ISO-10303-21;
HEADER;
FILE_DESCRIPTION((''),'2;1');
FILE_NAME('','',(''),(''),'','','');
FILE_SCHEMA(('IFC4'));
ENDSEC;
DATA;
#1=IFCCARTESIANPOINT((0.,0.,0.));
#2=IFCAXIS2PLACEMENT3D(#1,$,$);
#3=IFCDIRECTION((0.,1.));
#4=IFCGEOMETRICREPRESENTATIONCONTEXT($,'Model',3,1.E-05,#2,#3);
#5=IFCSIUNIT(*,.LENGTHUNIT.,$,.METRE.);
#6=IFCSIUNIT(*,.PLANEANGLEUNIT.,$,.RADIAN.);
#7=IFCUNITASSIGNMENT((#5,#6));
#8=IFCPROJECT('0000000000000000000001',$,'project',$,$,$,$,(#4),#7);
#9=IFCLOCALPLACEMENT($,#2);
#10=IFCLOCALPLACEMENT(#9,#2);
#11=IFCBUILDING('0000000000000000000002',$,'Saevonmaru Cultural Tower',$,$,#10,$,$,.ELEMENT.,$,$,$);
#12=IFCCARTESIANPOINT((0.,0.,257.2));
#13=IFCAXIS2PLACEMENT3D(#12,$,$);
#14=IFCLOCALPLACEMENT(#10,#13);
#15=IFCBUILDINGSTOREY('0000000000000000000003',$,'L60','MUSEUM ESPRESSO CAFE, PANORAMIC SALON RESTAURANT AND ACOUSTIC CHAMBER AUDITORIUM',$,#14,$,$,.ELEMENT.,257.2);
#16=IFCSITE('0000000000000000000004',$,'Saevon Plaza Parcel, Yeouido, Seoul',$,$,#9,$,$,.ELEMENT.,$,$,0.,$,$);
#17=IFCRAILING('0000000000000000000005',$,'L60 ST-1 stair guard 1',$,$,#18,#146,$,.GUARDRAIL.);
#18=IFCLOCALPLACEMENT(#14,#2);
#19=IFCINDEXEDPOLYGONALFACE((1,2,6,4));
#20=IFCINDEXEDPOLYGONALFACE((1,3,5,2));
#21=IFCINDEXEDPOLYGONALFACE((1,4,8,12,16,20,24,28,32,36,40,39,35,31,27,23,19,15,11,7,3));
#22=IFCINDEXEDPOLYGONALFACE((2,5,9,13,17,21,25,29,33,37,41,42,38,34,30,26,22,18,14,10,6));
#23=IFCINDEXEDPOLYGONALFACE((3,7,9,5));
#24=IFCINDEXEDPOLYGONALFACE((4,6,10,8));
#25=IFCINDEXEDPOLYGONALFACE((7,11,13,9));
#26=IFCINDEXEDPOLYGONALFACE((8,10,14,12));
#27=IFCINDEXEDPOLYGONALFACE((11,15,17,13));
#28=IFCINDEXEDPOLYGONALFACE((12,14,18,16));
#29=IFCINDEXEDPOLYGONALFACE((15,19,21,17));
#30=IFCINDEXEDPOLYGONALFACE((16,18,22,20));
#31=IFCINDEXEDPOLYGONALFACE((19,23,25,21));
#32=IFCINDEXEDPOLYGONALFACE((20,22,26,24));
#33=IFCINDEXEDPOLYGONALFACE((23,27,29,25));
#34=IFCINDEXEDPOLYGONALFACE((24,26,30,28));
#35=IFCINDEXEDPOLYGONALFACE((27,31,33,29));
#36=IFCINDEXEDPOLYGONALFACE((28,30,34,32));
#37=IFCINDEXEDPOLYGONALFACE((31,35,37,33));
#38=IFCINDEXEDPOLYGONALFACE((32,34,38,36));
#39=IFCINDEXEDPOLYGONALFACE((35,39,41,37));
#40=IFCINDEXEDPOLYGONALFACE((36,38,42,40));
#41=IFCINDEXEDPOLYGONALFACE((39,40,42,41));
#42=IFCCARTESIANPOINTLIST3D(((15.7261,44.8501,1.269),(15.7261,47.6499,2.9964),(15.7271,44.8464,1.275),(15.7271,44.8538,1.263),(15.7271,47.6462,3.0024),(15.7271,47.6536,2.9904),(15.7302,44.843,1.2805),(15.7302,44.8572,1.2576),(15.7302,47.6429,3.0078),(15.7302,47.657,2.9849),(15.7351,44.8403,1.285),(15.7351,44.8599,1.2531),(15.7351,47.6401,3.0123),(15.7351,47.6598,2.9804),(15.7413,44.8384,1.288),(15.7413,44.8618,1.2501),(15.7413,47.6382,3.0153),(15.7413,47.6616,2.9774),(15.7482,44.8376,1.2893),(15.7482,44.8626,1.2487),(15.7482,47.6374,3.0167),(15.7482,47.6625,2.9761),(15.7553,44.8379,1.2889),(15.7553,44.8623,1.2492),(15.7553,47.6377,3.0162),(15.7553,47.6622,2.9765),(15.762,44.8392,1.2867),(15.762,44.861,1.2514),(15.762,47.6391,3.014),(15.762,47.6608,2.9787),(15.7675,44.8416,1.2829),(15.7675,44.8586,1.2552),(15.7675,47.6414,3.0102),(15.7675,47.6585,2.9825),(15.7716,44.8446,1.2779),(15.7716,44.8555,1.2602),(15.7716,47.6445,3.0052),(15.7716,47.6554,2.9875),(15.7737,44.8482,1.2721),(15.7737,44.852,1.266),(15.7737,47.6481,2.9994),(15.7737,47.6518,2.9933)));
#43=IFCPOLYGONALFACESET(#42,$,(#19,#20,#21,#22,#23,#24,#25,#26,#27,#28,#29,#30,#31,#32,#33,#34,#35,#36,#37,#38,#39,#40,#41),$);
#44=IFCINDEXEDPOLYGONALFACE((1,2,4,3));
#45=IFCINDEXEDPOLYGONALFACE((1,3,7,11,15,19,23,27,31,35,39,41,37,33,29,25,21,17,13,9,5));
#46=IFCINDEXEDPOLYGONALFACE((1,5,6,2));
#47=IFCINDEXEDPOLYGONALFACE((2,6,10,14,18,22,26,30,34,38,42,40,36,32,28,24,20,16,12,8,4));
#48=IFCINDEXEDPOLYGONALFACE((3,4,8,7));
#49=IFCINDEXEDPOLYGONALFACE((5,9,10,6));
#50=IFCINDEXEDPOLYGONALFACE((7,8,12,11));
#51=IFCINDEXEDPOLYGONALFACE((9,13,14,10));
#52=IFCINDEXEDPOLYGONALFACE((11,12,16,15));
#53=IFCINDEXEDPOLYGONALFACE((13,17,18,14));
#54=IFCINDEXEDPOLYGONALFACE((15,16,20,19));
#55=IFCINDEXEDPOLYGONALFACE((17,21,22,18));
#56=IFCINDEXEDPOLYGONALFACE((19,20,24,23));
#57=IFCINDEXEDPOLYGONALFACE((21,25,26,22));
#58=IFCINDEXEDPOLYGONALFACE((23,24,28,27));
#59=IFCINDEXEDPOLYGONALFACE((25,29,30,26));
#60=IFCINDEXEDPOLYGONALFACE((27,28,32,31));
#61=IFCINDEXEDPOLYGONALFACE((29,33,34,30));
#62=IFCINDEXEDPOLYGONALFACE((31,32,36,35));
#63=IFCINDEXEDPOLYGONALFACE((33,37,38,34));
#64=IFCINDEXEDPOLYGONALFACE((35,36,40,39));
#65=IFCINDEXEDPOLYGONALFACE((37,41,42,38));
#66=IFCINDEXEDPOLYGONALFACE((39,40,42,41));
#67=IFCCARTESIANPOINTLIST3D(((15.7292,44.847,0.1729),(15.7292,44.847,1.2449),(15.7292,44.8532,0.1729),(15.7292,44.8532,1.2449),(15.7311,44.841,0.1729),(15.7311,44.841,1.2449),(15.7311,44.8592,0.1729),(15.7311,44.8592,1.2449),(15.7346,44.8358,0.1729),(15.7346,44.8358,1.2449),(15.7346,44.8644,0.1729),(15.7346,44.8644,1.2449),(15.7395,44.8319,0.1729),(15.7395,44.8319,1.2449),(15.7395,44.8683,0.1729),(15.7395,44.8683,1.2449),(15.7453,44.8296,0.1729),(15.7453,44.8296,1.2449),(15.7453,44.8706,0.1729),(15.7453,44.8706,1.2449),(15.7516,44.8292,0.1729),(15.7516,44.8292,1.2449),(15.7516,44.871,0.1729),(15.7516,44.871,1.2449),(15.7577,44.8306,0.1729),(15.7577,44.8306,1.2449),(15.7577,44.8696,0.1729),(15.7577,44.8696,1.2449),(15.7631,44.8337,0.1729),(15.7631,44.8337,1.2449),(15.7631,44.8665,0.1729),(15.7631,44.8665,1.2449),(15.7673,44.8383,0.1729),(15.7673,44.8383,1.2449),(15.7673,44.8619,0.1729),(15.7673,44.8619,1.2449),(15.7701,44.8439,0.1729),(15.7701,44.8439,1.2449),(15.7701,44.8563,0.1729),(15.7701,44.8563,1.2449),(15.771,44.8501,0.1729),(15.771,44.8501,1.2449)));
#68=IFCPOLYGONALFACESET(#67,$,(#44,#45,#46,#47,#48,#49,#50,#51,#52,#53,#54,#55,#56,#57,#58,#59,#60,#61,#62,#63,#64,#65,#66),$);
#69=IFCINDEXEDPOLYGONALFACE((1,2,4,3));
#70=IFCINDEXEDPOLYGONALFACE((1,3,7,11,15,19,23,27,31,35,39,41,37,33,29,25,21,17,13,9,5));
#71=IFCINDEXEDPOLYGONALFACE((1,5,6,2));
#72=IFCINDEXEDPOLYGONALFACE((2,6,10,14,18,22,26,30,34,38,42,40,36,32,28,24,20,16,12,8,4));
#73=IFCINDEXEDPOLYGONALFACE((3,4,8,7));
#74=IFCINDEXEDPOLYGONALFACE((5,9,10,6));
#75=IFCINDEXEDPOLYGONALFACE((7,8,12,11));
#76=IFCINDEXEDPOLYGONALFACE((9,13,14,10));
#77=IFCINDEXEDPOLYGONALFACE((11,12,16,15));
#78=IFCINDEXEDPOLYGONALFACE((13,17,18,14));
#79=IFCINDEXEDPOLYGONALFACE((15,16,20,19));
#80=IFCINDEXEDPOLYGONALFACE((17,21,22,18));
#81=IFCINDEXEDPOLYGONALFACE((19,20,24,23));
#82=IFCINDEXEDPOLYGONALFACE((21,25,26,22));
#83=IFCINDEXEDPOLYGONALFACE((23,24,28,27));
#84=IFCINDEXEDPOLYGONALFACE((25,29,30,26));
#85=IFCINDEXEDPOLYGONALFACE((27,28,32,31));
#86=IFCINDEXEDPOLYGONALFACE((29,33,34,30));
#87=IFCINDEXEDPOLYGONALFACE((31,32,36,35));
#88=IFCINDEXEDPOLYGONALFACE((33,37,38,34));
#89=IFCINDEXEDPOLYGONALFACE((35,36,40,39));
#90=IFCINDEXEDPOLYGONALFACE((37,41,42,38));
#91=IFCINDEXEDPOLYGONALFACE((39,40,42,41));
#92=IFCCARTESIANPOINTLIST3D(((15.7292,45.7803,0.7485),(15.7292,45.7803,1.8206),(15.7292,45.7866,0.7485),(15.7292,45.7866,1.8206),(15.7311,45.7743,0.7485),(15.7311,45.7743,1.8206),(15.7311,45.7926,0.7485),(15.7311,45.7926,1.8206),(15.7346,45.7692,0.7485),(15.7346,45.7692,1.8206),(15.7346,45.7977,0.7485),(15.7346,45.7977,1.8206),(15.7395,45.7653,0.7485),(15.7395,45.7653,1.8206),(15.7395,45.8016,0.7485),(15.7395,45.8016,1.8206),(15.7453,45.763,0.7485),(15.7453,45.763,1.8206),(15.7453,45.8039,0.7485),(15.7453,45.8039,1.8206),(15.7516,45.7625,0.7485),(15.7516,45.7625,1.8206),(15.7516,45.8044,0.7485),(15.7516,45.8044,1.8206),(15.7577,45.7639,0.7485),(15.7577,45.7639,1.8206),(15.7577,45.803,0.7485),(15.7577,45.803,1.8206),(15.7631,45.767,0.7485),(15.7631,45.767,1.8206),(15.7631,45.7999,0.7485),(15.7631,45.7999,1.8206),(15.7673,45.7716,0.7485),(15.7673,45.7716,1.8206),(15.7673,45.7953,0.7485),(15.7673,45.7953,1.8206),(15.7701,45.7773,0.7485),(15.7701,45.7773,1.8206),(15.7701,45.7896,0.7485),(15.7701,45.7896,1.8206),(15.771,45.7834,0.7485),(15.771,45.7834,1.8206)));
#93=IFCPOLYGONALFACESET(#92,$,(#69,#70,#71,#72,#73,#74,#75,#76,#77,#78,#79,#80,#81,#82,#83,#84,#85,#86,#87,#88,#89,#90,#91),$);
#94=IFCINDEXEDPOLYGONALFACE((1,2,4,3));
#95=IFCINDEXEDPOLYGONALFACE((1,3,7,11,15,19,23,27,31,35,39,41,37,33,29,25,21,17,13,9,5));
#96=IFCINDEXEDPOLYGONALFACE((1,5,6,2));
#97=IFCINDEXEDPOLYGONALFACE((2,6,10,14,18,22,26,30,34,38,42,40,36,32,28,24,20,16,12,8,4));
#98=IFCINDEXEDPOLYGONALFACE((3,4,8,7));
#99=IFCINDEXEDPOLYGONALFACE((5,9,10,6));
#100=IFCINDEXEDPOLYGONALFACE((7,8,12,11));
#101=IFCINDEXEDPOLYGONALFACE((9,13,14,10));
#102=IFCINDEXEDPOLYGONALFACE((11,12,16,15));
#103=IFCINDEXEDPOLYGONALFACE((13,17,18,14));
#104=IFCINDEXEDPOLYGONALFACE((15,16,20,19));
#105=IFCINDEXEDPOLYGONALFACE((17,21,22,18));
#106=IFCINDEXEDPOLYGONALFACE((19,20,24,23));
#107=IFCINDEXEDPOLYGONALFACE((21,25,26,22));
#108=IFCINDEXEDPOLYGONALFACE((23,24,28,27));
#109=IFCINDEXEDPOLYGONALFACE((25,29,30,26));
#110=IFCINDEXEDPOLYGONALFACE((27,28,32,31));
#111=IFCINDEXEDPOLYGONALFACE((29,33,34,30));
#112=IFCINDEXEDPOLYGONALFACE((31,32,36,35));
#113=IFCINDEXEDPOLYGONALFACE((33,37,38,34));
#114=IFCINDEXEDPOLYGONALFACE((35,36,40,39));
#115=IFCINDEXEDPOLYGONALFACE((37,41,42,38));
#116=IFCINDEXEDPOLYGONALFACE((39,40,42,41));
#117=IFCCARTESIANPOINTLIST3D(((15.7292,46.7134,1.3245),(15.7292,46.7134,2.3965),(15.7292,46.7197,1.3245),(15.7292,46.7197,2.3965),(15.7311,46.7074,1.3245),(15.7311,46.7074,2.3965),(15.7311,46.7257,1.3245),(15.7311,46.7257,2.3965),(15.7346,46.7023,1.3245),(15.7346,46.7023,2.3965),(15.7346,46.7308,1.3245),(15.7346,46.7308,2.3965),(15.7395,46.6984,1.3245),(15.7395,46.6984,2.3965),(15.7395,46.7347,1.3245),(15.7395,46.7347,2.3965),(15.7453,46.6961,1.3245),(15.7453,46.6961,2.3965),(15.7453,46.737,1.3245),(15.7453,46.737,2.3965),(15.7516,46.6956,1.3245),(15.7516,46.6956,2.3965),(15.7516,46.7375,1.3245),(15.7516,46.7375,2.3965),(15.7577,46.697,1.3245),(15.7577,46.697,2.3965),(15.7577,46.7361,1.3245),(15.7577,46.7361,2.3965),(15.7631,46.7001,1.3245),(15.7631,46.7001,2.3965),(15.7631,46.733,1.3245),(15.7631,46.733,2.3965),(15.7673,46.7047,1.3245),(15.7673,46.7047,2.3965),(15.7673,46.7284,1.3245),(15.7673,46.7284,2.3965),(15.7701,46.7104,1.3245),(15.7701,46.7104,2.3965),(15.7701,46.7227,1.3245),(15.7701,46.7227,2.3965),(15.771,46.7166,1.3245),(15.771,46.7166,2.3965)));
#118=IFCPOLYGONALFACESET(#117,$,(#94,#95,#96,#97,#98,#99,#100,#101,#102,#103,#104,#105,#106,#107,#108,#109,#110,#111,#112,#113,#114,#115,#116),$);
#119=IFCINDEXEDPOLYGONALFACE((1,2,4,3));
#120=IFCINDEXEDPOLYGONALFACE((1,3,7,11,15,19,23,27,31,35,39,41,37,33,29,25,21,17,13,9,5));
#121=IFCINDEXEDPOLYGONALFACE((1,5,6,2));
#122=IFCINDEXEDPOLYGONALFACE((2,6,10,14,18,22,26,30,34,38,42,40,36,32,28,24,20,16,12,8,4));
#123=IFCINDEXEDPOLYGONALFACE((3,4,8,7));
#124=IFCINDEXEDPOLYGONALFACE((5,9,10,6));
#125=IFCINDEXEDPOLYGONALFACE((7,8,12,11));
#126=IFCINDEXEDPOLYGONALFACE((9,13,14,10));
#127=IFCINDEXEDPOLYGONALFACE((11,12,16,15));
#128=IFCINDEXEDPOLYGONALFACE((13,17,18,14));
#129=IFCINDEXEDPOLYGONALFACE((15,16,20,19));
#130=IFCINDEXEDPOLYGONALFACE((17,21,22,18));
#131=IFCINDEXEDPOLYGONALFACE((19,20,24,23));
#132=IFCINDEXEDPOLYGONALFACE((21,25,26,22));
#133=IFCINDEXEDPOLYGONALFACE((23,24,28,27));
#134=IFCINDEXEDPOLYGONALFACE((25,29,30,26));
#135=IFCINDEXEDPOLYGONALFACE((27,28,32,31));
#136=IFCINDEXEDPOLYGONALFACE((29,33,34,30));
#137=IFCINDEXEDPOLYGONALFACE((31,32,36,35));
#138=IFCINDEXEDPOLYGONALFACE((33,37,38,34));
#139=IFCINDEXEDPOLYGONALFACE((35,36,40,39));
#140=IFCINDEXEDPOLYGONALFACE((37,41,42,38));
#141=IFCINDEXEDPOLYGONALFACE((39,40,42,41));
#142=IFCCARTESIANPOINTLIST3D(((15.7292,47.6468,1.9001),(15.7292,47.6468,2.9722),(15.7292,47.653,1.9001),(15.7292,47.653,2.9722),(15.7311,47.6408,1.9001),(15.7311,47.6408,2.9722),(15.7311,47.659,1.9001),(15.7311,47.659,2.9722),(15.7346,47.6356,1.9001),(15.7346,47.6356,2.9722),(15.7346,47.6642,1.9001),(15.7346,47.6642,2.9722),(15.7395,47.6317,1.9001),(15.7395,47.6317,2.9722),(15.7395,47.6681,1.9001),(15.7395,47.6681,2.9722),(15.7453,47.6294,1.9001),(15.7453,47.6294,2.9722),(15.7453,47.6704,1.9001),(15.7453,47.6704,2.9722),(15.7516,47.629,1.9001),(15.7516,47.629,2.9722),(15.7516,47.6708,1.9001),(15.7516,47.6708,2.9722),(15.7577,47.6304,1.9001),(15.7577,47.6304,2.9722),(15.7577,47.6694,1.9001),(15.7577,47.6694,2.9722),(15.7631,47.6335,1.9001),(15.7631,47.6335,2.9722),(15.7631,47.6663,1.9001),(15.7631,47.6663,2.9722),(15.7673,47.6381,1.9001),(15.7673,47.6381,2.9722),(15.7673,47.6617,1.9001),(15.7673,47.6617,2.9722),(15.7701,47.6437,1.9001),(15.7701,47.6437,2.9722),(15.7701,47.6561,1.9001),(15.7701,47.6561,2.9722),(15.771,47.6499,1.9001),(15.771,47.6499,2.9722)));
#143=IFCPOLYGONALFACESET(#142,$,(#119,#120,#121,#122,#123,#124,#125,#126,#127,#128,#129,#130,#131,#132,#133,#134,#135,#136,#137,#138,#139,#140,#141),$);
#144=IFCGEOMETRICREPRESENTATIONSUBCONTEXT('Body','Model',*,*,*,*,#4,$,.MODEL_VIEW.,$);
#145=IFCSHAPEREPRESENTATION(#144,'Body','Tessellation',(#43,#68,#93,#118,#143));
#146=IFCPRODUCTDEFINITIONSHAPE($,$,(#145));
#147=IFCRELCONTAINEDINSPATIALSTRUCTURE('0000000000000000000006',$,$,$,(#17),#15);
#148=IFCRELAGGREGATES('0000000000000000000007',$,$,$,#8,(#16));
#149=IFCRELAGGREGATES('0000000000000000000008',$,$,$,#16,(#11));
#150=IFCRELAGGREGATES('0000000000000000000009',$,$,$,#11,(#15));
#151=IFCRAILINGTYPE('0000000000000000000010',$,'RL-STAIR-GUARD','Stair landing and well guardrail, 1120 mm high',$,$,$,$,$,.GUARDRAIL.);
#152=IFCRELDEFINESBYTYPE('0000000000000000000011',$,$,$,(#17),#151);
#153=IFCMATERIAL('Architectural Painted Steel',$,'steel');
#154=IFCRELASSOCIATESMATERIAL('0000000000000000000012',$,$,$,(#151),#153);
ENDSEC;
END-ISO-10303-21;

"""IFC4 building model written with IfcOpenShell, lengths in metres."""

from ifc_helpers import new_model, si_unit, direction, frame, origin, origin_2d, place, context, subcontext, project, spatial, circle, extrude, material, type_object, element, save


model = new_model("IFC4")

# Units and contexts
model_context = context("Model", 3, precision=1e-05, world=origin(), true_north=direction((0.0, 1.0)))
body_context = subcontext(model_context, "Body", "Model", "MODEL_VIEW")
ifc_project = project(units=[si_unit("LENGTHUNIT", "METRE"), si_unit("PLANEANGLEUNIT", "RADIAN")], contexts=[model_context])

# Site, building, storey
site_placement = place(None, origin())
site = spatial("IfcSite", under=ifc_project, at=site_placement, Name="Saevon Plaza Parcel, Yeouido, Seoul", CompositionType="ELEMENT", RefElevation=0.0)
building_placement = place(site_placement, origin())
building = spatial("IfcBuilding", under=site, at=building_placement, Name="Saevonmaru Cultural Tower", CompositionType="ELEMENT")
storey_placement = place(building_placement, frame((0.0, 0.0, 257.2)))
storey = spatial("IfcBuildingStorey", under=building, at=storey_placement, Name="L60", Description="MUSEUM ESPRESSO CAFE, PANORAMIC SALON RESTAURANT AND ACOUSTIC CHAMBER AUDITORIUM", CompositionType="ELEMENT", Elevation=257.2)

# Railing
ifc_material_1 = material(Name="Architectural Painted Steel", Category="steel")
railing_type_1 = type_object("IfcRailingType", Name="RL-STAIR-GUARD", Description="Stair landing and well guardrail, 1120 mm high", PredefinedType="GUARDRAIL", material=ifc_material_1)
railing_1_placement = place(storey_placement, frame((15.75, 44.8501, 0.1729)))
element("IfcRailing", 1, at=railing_1_placement, inside=storey, type_object=railing_type_1, Name="L60 ST-1 stair guard 1", PredefinedType="GUARDRAIL", context=body_context, shape_type="SweptSolid", body=[
    extrude(circle(Radius=0.0239, at=origin_2d()), frame((0.0, 0.0, 1.0962), z_axis=(0.0, 0.851069, 0.525054), x_axis=(-1.0, 0.0, 0.0)), (0.0, 0.0, 1.0), 3.2898),
    extrude(circle(Radius=0.021, at=origin_2d()), origin(), (0.0, 0.0, 1.0), 1.072),
    extrude(circle(Radius=0.021, at=origin_2d()), frame((0.0, 0.9333, 0.5757)), (0.0, 0.0, 1.0), 1.072),
    extrude(circle(Radius=0.021, at=origin_2d()), frame((0.0, 1.8665, 1.1516)), (0.0, 0.0, 1.0), 1.072),
    extrude(circle(Radius=0.021, at=origin_2d()), frame((0.0, 2.7998, 1.7273)), (0.0, 0.0, 1.0), 1.072),
])

save(model, "model.ifc")
